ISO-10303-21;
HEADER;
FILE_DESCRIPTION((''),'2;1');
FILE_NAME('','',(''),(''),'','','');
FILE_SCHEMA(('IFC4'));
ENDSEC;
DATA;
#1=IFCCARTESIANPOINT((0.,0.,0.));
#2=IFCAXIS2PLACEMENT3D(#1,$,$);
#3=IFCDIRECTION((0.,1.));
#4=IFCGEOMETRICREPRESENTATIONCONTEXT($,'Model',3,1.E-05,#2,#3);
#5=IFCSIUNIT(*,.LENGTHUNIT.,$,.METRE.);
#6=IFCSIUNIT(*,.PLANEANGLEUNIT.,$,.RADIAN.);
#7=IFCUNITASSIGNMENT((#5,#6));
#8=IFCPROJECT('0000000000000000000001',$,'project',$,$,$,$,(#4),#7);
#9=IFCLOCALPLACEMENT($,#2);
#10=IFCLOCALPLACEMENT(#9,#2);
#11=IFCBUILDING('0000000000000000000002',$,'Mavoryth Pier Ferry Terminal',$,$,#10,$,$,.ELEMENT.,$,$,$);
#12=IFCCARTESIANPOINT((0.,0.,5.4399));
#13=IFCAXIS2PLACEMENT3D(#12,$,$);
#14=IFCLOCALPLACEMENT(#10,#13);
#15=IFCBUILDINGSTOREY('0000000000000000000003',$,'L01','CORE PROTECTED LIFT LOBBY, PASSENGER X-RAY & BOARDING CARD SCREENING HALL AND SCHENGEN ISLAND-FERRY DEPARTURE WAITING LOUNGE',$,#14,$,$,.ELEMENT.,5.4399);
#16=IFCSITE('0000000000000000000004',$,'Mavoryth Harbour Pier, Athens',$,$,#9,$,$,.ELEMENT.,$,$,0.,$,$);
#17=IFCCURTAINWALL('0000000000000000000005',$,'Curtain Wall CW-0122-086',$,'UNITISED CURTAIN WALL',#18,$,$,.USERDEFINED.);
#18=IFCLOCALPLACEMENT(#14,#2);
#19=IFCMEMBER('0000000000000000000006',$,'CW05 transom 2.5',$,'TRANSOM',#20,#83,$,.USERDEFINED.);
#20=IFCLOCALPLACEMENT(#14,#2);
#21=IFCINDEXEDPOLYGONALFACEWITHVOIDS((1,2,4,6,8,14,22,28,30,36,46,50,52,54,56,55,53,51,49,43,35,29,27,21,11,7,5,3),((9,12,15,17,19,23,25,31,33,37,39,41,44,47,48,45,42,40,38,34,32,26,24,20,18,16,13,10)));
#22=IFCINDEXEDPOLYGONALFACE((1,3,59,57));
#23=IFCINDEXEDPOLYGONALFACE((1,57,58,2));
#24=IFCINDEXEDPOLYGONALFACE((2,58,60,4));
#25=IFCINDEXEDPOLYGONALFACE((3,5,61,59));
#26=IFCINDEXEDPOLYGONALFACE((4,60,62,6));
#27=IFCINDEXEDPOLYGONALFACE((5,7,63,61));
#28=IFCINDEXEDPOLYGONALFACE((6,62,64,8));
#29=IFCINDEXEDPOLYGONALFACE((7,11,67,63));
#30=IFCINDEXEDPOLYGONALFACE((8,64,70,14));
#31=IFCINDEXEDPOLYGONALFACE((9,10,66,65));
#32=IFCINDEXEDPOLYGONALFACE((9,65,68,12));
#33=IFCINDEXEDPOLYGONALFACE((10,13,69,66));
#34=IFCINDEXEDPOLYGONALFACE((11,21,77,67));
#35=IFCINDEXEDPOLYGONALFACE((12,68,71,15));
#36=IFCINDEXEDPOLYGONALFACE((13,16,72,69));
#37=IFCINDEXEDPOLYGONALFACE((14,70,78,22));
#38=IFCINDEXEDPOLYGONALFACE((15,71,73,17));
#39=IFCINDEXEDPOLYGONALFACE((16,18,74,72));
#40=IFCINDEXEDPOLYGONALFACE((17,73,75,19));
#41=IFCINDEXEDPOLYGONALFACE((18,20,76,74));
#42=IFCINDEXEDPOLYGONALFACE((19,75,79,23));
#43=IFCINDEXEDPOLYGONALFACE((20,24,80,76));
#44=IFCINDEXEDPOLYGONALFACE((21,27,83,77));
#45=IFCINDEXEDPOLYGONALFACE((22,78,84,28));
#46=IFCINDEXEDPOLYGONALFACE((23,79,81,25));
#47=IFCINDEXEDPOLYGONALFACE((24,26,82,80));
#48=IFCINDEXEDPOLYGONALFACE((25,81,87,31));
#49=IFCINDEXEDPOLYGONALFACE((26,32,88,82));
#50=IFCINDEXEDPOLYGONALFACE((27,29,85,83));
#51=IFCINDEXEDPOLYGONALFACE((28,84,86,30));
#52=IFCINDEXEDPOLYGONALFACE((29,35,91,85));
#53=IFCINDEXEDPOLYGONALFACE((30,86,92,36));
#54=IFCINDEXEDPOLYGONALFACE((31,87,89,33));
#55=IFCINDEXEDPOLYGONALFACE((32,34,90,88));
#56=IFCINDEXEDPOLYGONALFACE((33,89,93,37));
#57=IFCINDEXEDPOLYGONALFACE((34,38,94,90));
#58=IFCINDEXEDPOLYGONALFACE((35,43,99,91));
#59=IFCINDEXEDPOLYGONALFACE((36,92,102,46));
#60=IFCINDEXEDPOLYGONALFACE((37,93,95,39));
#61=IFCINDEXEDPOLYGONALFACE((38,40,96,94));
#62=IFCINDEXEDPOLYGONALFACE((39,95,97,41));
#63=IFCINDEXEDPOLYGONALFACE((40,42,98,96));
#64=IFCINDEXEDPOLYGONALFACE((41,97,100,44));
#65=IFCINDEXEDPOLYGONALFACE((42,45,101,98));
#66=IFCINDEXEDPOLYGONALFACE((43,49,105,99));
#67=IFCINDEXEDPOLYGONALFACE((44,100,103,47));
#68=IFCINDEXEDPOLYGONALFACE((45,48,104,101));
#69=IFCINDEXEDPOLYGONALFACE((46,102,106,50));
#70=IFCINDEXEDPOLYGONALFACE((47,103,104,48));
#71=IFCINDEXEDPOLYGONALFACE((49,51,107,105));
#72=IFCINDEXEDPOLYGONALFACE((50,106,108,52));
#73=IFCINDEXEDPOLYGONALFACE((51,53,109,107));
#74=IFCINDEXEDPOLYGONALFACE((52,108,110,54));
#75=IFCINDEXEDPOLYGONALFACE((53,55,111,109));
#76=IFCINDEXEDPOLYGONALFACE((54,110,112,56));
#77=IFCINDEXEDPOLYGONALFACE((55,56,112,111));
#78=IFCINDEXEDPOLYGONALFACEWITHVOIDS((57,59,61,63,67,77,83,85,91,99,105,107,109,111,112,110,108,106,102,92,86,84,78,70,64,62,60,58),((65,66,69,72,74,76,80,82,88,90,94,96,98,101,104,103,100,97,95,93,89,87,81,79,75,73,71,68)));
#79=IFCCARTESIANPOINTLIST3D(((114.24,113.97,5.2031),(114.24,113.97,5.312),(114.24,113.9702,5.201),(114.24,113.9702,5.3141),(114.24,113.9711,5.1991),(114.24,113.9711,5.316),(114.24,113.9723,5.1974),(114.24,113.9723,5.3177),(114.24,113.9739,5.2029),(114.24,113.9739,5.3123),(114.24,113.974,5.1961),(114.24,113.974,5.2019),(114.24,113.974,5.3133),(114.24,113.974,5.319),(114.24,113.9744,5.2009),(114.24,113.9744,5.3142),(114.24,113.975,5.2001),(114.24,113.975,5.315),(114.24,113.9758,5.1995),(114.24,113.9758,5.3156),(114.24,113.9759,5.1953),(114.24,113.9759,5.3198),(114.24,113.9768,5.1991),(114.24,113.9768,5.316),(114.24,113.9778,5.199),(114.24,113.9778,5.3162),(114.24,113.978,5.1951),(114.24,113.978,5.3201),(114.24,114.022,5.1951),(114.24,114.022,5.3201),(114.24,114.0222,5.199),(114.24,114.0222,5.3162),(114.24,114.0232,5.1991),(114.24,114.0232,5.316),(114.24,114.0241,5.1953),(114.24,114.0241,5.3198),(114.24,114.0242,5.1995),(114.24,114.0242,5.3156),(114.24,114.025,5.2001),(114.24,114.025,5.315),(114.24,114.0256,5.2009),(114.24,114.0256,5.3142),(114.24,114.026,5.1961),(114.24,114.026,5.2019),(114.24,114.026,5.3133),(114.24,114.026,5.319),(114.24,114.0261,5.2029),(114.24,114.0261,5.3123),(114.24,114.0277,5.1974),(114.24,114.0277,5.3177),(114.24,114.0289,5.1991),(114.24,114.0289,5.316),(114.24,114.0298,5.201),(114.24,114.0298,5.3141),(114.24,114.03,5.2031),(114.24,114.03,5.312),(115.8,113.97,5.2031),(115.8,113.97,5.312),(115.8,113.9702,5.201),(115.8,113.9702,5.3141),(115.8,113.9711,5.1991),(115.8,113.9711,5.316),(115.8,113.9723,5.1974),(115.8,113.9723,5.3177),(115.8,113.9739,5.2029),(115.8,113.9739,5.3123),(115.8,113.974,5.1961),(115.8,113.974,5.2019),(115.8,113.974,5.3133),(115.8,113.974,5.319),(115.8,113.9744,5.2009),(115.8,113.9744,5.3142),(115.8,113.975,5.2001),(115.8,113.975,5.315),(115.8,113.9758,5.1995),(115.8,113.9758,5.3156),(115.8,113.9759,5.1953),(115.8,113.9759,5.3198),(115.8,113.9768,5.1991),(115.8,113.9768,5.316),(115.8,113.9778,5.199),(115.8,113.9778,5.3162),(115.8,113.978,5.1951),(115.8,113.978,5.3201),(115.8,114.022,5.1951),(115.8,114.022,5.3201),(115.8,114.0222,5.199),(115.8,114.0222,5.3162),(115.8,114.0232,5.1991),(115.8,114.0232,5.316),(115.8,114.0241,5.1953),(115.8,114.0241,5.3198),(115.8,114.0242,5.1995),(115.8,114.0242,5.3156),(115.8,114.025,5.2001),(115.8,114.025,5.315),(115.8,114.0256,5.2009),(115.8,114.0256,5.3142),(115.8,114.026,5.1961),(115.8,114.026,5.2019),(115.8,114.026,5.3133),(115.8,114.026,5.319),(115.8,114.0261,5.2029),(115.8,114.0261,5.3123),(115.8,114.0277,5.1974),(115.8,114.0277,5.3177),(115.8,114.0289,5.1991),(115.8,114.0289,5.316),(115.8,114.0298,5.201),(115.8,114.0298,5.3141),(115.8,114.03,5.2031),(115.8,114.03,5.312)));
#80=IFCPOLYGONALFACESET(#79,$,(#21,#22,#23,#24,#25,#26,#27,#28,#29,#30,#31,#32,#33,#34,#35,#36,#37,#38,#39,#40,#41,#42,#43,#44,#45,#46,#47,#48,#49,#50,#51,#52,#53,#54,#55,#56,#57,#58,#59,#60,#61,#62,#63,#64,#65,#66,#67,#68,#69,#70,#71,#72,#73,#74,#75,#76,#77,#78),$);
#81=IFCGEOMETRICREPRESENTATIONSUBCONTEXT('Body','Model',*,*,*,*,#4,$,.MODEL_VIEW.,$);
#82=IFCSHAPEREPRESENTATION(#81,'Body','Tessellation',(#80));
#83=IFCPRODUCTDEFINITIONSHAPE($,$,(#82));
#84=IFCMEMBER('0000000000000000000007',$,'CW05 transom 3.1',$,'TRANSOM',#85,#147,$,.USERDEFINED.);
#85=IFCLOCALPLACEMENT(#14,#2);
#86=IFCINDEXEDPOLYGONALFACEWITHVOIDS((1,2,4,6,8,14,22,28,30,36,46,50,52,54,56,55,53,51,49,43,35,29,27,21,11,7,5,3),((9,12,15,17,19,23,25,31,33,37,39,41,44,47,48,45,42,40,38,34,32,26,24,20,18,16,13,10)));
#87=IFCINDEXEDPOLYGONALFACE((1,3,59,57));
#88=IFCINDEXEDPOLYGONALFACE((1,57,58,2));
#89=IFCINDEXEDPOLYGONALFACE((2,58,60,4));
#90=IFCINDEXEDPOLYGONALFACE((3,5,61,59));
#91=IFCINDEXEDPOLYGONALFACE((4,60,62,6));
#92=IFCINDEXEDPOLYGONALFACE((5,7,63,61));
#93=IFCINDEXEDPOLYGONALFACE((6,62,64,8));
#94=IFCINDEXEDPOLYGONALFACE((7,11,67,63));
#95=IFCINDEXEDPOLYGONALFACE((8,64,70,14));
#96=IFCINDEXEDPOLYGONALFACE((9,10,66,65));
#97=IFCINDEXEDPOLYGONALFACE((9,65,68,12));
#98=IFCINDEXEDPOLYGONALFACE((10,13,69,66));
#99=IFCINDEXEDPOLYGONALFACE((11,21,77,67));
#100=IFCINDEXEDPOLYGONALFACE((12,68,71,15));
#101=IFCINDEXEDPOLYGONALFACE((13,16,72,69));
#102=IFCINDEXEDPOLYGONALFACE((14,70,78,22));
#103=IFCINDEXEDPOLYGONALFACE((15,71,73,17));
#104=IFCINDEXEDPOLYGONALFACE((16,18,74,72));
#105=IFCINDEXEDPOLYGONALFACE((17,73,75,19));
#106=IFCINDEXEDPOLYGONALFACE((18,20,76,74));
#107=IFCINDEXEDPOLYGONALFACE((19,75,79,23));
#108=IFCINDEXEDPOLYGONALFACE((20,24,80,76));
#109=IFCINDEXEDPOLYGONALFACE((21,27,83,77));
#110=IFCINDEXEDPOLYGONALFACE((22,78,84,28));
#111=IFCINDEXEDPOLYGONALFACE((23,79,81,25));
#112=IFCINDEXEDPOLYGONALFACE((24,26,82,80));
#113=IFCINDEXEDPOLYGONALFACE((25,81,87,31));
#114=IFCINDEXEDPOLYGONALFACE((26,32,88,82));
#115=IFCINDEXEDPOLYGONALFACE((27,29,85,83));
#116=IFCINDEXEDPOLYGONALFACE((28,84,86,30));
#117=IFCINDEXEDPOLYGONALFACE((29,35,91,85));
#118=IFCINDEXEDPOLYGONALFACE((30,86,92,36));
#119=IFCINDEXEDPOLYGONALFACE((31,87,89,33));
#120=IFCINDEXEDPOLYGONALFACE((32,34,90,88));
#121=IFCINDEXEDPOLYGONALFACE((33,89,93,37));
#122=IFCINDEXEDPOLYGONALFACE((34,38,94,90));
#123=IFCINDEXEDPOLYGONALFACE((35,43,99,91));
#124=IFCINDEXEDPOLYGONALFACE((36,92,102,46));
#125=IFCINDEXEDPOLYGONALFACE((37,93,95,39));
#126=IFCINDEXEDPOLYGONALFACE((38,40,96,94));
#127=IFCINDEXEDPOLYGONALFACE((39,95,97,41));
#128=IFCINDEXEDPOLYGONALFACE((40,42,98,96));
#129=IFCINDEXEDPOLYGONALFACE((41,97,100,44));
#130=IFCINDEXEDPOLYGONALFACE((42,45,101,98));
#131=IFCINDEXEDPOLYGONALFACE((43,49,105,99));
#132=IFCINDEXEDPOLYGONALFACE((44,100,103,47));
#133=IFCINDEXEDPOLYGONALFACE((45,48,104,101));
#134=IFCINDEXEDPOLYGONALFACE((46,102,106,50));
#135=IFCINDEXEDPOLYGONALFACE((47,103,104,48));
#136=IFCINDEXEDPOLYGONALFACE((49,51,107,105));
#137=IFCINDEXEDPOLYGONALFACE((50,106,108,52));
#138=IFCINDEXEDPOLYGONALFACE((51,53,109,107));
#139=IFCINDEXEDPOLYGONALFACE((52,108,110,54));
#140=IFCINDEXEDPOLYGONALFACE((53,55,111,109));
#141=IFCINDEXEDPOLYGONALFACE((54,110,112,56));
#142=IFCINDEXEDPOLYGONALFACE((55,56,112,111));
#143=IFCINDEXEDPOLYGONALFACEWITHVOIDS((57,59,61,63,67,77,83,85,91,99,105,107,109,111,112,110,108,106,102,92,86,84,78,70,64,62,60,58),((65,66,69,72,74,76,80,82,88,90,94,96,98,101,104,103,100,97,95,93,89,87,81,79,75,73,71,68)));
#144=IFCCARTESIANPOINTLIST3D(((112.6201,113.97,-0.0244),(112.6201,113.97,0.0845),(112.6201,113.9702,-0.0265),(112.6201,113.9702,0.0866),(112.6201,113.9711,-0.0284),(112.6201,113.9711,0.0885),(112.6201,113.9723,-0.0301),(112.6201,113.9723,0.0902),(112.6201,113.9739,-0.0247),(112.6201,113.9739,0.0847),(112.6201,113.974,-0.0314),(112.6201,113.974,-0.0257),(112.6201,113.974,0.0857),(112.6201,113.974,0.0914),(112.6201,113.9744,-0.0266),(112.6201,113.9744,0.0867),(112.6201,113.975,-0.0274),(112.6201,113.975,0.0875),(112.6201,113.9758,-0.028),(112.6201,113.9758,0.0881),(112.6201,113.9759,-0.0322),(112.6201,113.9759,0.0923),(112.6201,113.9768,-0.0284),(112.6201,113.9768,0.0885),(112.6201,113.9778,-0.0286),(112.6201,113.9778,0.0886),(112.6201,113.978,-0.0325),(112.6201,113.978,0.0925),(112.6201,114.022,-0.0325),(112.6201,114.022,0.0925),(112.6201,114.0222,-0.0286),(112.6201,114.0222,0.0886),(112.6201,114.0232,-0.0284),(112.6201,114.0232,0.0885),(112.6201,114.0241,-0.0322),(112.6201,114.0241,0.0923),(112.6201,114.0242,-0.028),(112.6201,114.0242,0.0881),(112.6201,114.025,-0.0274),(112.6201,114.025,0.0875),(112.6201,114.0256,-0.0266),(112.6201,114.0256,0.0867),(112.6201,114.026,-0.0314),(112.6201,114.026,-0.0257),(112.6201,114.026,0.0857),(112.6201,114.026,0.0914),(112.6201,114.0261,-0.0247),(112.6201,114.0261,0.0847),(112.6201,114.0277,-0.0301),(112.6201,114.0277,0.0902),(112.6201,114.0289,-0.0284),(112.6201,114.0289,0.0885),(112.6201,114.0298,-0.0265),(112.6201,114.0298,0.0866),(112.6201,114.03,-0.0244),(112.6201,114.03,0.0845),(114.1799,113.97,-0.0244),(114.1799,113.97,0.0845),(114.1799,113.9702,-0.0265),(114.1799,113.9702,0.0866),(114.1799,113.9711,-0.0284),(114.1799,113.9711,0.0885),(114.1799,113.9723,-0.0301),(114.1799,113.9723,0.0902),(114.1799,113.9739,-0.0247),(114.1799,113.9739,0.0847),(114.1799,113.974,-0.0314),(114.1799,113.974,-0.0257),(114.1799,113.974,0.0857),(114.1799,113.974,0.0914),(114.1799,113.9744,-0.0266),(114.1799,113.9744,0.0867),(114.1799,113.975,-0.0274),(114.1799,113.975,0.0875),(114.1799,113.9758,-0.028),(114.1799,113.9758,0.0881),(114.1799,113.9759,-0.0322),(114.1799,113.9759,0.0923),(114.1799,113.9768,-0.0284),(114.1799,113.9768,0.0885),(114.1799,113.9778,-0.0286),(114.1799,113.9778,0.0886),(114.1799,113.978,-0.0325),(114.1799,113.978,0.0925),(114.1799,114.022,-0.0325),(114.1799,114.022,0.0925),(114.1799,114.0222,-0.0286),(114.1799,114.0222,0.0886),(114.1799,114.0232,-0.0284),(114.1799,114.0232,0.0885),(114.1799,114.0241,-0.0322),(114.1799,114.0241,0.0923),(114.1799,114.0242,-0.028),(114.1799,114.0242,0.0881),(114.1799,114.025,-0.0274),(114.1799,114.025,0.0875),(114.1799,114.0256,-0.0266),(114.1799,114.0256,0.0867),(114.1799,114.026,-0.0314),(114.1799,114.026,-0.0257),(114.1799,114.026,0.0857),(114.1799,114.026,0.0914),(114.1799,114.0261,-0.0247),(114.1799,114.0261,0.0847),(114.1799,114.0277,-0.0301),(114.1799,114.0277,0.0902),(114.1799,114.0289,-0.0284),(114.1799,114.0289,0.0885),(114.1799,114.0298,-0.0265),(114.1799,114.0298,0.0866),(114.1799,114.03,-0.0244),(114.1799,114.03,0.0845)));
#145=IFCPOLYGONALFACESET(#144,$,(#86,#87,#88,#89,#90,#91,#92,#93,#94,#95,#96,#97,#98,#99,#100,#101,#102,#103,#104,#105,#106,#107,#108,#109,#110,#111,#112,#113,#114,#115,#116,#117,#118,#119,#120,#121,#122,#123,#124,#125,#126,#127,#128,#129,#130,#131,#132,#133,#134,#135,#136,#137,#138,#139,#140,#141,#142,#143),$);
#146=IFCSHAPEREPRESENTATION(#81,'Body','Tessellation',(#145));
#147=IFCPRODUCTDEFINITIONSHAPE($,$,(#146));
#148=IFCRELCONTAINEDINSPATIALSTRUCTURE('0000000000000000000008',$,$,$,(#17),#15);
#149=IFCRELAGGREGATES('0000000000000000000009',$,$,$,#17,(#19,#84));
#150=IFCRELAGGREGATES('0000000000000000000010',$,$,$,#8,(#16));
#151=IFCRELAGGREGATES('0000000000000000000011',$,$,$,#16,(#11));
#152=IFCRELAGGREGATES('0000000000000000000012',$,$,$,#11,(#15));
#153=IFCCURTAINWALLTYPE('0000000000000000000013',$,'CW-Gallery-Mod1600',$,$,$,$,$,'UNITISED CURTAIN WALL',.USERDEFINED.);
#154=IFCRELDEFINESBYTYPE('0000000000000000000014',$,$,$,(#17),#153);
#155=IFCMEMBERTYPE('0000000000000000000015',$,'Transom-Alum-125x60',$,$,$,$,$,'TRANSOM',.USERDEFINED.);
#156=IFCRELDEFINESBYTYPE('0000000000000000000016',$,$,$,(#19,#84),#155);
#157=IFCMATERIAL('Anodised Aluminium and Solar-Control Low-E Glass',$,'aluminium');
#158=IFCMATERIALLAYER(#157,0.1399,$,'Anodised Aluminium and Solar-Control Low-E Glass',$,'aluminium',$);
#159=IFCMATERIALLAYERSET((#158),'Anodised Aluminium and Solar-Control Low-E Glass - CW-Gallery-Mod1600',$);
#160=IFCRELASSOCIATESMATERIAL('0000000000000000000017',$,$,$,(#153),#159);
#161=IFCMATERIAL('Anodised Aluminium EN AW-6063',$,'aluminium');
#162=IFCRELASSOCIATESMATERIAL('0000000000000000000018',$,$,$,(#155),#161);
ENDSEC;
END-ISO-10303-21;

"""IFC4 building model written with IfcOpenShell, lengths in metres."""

from ifc_helpers import new_model, si_unit, direction, frame, origin, origin_2d, place, context, subcontext, project, spatial, hollow_rectangle, extrude, material, layer, layer_set, material_profile, profile_set, type_object, element, aggregate, save


model = new_model("IFC4")

# Units and contexts
model_context = context("Model", 3, precision=1e-05, world=origin(), true_north=direction((0.0, 1.0)))
body_context = subcontext(model_context, "Body", "Model", "MODEL_VIEW")
ifc_project = project(units=[si_unit("LENGTHUNIT", "METRE"), si_unit("PLANEANGLEUNIT", "RADIAN")], contexts=[model_context])

# Site, building, storey
site_placement = place(None, origin())
site = spatial("IfcSite", under=ifc_project, at=site_placement, Name="Mavoryth Harbour Pier, Athens", CompositionType="ELEMENT", RefElevation=0.0)
building_placement = place(site_placement, origin())
building = spatial("IfcBuilding", under=site, at=building_placement, Name="Mavoryth Pier Ferry Terminal", CompositionType="ELEMENT")
storey_placement = place(building_placement, frame((0.0, 0.0, 5.4399)))
storey = spatial("IfcBuildingStorey", under=building, at=storey_placement, Name="L01", Description="CORE PROTECTED LIFT LOBBY, PASSENGER X-RAY & BOARDING CARD SCREENING HALL AND SCHENGEN ISLAND-FERRY DEPARTURE WAITING LOUNGE", CompositionType="ELEMENT", Elevation=5.4399)

# Curtain wall
ifc_material_1 = material(Name="Anodised Aluminium and Solar-Control Low-E Glass", Category="aluminium")
ifc_layer_1 = layer(ifc_material_1, 0.1399, Name="Anodised Aluminium and Solar-Control Low-E Glass", Category="aluminium")
ifc_layer_set_1 = layer_set([ifc_layer_1], Name="Anodised Aluminium and Solar-Control Low-E Glass - CW-Gallery-Mod1600")
curtain_wall_type = type_object("IfcCurtainWallType", Name="CW-Gallery-Mod1600", ElementType="UNITISED CURTAIN WALL", PredefinedType="USERDEFINED", material=ifc_layer_set_1)
curtain_wall_1_placement = place(storey_placement, origin())
curtain_wall_1 = element("IfcCurtainWall", 1, at=curtain_wall_1_placement, inside=storey, type_object=curtain_wall_type, Name="Curtain Wall CW-0122-086", ObjectType="UNITISED CURTAIN WALL", PredefinedType="USERDEFINED")
ifc_material_2 = material(Name="Anodised Aluminium EN AW-6063", Category="aluminium")

# Members
ifc_material_profile_1 = material_profile(ifc_material_2, hollow_rectangle(XDim=0.0601, YDim=0.125, WallThickness=0.0039, InnerFilletRadius=0.0039, OuterFilletRadius=0.0081, at=origin_2d()), Name="AL-TRAN 125x60x4", Category="aluminium")
ifc_profile_set_1 = profile_set([ifc_material_profile_1], Name="Anodised Aluminium EN AW-6063 - AL-TRAN 125x60x4")
member_type_1 = type_object("IfcMemberType", Name="Transom-Alum-125x60", ElementType="TRANSOM", PredefinedType="USERDEFINED", material=ifc_profile_set_1)
member_1_placement = place(storey_placement, frame((115.8, 114.0, 5.2576), z_axis=(-1.0, 0.0, 0.0), x_axis=(0.0, -1.0, 0.0)))
member_1 = element("IfcMember", 2, at=member_1_placement, type_object=member_type_1, Name="CW05 transom 2.5", ObjectType="TRANSOM", PredefinedType="USERDEFINED", context=body_context, shape_type="SweptSolid", body=[
    extrude(hollow_rectangle(XDim=0.0601, YDim=0.125, WallThickness=0.0039, InnerFilletRadius=0.0039, OuterFilletRadius=0.0081, at=origin_2d()), origin(), (0.0, 0.0, 1.0), 1.5601),
])
member_2_placement = place(storey_placement, frame((114.1799, 114.0, 0.03), z_axis=(-1.0, 0.0, 0.0), x_axis=(0.0, -1.0, 0.0)))
member_2 = element("IfcMember", 3, at=member_2_placement, type_object=member_type_1, Name="CW05 transom 3.1", ObjectType="TRANSOM", PredefinedType="USERDEFINED", context=body_context, shape_type="SweptSolid", body=[
    extrude(hollow_rectangle(XDim=0.0601, YDim=0.125, WallThickness=0.0039, InnerFilletRadius=0.0039, OuterFilletRadius=0.0081, at=origin_2d()), origin(), (0.0, 0.0, 1.0), 1.5598),
])

aggregate(curtain_wall_1, [member_1, member_2])

save(model, "model.ifc")
